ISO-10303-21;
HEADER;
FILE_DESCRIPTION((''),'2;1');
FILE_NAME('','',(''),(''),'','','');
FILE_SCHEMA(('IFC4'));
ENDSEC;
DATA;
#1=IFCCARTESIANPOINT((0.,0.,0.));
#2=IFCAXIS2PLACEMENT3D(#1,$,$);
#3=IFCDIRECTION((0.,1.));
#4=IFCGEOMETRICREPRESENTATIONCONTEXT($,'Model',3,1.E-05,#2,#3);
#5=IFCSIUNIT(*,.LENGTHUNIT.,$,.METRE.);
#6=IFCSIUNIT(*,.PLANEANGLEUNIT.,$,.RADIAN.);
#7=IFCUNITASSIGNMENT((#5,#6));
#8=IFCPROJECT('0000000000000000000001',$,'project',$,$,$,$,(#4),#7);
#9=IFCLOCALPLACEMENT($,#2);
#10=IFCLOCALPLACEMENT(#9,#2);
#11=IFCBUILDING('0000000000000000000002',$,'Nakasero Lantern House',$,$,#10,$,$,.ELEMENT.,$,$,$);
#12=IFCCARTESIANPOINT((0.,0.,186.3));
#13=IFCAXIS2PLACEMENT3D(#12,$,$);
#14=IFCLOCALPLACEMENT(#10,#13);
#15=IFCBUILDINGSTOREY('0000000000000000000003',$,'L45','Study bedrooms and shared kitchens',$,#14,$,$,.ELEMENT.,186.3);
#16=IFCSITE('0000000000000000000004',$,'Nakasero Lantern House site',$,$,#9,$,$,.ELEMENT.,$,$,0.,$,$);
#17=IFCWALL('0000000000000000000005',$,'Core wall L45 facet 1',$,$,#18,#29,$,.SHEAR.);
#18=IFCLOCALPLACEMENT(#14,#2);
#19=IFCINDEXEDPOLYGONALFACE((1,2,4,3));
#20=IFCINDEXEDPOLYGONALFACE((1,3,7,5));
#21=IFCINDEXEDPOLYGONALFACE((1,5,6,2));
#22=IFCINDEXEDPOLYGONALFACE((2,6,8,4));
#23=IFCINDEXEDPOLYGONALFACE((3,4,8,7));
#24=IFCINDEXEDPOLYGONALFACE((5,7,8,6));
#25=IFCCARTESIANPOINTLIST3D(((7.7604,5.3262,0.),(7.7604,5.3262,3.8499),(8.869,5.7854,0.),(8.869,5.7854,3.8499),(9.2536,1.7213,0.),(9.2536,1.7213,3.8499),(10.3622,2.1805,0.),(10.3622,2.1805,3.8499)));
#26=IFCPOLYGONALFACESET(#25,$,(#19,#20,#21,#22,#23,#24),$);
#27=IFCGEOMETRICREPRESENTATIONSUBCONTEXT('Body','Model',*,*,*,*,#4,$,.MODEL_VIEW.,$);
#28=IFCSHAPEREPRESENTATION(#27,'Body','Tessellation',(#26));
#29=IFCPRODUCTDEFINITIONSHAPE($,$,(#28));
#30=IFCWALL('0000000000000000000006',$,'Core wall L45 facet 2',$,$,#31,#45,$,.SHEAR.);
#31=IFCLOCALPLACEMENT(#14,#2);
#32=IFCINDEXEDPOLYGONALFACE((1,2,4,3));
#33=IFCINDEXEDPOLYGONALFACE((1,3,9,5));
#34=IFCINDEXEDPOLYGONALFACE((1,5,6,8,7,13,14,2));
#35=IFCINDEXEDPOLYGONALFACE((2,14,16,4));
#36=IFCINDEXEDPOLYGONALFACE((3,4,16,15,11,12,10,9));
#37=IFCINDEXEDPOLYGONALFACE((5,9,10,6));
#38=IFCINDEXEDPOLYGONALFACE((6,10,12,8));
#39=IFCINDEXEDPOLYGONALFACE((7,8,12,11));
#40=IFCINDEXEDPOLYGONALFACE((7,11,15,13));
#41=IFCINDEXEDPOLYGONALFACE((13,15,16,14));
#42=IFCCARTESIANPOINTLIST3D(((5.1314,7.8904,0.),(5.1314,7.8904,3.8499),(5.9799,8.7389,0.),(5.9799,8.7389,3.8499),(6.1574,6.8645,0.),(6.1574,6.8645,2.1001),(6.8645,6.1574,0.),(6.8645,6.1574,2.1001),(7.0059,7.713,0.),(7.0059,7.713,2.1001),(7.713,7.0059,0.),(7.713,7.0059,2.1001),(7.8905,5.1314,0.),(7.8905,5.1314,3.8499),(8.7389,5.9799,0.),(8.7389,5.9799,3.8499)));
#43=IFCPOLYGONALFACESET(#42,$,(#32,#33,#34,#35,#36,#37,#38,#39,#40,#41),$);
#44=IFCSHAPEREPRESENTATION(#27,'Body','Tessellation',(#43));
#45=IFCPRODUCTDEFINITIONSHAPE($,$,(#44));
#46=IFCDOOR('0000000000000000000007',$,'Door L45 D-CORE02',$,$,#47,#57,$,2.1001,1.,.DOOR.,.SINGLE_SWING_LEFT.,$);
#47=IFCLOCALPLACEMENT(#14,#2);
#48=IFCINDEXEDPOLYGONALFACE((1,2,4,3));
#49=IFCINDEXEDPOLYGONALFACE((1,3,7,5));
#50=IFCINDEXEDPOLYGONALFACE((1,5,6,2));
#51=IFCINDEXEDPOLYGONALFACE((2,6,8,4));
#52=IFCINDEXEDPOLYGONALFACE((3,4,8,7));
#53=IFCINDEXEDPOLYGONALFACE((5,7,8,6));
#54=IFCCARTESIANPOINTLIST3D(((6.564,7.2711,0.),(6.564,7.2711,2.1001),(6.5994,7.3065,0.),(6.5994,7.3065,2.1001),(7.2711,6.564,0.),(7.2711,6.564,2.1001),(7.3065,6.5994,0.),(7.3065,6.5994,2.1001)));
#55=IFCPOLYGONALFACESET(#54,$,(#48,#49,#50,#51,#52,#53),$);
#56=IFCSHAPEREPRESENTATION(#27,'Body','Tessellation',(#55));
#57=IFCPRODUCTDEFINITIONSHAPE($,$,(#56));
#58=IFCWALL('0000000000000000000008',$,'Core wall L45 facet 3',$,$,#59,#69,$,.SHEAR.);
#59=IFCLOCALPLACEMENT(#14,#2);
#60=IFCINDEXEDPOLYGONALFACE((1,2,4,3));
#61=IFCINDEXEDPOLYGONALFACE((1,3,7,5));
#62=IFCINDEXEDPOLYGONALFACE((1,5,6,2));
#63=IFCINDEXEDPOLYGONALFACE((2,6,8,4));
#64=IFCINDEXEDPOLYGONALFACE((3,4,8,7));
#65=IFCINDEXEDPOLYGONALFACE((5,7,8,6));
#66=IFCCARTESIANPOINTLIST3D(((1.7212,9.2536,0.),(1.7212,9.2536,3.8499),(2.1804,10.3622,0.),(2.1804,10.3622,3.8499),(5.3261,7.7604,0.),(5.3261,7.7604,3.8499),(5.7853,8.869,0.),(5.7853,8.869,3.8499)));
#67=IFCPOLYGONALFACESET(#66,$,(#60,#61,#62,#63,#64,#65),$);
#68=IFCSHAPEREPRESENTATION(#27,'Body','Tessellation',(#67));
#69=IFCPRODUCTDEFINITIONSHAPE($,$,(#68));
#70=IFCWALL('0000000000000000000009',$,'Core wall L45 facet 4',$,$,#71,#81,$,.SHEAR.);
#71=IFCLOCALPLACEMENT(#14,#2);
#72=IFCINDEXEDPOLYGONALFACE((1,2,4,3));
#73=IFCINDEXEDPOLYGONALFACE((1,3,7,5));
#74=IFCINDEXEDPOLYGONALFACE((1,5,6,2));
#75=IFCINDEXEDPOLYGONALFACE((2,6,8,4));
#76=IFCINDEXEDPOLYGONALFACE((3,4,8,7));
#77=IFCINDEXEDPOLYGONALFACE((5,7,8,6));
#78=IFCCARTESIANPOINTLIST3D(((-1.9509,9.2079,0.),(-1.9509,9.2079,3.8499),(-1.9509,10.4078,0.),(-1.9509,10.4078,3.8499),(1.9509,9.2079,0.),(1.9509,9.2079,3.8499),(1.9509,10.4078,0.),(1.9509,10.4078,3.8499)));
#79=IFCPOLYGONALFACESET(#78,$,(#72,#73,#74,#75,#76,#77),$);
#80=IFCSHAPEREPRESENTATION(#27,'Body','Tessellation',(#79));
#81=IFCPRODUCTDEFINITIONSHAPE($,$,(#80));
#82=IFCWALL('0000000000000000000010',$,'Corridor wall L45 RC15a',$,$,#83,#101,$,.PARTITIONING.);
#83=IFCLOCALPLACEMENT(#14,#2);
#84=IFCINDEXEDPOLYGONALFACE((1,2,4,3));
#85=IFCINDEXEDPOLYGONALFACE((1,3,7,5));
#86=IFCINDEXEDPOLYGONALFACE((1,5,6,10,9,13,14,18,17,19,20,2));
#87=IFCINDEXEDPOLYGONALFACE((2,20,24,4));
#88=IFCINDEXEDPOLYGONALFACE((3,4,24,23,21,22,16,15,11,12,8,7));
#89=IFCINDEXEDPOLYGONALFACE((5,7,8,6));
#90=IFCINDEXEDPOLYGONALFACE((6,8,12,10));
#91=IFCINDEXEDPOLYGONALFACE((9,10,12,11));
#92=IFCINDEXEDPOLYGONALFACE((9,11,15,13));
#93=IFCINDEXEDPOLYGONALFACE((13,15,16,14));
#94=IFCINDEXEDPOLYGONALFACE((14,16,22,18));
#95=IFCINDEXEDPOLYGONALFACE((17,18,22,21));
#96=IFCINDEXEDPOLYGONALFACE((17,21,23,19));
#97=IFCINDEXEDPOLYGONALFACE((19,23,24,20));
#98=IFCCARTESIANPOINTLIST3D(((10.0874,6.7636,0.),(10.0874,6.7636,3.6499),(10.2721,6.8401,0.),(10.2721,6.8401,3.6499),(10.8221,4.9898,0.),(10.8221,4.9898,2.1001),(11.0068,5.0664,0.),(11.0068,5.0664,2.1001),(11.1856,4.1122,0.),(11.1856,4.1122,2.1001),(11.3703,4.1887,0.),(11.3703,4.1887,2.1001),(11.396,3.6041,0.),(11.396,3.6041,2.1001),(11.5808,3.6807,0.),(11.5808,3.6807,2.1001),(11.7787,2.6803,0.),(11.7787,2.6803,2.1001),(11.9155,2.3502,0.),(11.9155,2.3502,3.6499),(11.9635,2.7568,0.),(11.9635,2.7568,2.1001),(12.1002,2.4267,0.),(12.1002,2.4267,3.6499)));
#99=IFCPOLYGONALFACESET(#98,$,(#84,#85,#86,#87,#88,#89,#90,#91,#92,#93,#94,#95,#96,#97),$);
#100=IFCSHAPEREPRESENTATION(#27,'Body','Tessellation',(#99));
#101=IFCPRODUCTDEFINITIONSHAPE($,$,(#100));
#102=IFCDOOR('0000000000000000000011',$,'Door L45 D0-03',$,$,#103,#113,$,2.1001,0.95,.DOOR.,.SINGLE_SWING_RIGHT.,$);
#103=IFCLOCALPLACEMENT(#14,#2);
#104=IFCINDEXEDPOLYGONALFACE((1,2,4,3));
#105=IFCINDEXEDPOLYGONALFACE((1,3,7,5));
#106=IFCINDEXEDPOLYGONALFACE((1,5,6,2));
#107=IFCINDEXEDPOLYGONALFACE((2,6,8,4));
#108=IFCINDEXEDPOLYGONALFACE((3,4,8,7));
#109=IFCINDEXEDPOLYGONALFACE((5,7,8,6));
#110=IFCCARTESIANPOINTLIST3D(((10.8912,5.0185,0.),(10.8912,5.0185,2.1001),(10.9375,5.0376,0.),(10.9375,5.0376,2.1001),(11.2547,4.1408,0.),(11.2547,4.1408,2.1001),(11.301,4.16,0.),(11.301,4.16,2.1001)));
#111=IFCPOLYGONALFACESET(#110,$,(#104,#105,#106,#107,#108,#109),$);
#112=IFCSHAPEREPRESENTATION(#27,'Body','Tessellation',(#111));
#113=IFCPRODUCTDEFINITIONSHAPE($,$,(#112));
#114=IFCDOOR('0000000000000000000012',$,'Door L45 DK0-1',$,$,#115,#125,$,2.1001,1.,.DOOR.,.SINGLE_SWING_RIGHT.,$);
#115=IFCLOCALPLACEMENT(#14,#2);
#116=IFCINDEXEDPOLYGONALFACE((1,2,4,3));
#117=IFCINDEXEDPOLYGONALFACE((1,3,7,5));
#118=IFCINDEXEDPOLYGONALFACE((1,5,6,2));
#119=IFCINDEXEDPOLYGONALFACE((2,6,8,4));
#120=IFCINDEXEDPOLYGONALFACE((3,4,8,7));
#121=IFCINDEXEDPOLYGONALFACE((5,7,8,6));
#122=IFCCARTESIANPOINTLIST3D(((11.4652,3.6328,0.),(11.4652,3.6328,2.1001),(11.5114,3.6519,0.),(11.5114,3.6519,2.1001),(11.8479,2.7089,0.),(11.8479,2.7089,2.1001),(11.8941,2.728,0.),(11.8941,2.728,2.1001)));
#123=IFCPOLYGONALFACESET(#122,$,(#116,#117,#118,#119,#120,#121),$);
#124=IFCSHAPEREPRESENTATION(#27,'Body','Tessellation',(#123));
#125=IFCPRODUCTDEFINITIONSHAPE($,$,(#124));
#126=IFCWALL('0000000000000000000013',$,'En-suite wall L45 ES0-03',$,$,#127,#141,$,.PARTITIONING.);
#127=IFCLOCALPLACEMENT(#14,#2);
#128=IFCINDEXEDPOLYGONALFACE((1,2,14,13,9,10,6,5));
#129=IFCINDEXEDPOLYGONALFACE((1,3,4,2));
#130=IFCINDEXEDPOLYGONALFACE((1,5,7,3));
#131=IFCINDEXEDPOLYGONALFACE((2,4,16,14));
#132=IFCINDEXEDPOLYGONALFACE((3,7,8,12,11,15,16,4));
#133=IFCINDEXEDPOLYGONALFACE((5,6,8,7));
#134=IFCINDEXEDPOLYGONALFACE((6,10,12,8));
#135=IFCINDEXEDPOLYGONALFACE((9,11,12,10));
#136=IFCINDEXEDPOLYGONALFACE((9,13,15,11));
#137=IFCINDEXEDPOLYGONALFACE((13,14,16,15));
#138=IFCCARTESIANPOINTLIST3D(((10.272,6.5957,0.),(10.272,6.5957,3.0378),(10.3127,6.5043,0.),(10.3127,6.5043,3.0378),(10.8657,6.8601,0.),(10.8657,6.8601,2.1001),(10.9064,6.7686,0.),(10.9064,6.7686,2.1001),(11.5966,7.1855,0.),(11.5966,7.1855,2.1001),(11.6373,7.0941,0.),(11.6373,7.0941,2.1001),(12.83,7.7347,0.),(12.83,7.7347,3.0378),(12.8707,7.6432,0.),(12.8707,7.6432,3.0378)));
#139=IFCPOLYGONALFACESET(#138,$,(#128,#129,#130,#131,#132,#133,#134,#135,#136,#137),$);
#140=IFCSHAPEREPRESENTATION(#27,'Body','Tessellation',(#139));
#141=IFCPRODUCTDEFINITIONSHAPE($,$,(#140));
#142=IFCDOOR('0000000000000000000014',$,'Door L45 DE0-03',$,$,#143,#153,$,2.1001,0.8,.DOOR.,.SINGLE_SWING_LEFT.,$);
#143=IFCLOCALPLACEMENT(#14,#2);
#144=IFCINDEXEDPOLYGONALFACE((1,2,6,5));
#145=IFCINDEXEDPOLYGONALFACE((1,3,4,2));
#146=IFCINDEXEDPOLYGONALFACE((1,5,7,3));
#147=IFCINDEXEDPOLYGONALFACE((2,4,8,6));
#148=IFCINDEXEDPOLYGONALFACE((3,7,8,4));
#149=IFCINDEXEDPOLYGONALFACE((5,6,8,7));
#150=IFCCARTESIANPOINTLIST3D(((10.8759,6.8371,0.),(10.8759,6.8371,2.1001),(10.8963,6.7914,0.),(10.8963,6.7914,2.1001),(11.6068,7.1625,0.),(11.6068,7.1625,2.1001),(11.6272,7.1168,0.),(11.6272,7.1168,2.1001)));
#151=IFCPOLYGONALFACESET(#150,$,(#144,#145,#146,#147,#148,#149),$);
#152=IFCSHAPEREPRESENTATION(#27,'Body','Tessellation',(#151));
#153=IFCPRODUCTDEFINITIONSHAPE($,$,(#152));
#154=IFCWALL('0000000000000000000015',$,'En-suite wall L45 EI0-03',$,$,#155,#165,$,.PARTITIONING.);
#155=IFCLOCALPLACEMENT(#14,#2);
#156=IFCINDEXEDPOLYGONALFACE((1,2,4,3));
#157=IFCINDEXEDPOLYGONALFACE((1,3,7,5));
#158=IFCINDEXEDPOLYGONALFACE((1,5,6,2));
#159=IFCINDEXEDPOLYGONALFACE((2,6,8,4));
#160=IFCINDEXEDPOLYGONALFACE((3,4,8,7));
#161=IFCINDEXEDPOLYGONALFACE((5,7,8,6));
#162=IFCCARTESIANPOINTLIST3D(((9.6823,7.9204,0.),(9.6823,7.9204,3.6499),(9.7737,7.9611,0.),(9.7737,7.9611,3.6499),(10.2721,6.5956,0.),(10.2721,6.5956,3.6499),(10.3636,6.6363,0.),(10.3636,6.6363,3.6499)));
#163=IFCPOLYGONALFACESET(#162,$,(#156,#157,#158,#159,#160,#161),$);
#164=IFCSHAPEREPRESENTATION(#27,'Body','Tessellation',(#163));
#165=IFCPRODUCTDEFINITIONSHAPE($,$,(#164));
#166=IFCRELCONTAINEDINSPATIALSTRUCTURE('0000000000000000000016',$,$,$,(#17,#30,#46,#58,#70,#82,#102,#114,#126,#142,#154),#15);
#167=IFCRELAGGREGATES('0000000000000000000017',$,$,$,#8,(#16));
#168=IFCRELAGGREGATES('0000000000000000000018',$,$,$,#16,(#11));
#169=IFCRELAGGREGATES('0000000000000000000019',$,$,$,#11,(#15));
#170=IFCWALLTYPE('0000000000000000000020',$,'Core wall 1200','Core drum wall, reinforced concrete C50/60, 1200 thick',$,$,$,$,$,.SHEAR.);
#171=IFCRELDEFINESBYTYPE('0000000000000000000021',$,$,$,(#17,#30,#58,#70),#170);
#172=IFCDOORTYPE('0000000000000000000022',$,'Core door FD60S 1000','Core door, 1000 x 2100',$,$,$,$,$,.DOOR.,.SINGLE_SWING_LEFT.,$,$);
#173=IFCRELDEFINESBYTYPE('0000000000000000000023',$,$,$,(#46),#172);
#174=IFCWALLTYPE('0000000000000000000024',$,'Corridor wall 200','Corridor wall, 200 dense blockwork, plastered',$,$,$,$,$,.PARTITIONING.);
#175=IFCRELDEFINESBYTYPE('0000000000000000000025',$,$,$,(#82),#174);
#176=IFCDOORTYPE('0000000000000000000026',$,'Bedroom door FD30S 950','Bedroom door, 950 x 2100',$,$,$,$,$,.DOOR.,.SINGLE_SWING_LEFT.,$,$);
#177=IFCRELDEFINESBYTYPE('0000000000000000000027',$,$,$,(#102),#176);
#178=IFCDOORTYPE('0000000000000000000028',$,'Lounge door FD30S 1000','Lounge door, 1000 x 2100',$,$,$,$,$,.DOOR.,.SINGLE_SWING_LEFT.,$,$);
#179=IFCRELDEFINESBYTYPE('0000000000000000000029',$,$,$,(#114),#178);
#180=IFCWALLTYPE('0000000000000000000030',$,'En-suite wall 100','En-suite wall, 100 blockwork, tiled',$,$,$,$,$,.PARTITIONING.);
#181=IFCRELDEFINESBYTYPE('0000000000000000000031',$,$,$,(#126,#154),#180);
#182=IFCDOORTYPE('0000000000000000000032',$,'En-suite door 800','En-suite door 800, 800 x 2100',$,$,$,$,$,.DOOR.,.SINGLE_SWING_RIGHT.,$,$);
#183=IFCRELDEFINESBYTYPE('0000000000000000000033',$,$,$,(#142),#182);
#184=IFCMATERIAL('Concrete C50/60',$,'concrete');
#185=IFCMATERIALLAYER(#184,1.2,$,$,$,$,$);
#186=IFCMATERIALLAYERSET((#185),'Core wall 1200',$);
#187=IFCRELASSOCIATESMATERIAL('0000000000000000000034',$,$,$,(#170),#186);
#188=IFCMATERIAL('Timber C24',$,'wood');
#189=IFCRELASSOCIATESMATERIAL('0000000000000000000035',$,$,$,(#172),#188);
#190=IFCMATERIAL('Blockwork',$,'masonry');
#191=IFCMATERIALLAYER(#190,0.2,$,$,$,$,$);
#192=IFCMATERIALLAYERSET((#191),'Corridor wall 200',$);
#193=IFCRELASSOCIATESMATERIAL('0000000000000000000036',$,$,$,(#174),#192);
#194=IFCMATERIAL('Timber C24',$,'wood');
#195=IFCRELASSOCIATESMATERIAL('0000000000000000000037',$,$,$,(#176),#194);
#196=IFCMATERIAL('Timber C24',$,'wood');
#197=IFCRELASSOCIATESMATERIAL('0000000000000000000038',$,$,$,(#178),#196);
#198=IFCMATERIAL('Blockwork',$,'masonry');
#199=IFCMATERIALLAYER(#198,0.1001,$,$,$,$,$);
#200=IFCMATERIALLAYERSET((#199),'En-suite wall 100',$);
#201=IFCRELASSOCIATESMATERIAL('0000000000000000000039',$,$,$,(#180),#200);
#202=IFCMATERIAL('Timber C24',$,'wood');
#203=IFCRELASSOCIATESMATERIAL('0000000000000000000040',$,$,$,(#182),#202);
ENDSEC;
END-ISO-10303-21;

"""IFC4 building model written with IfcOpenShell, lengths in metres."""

from ifc_helpers import new_model, si_unit, direction, frame, frame_2d, origin, place, context, subcontext, project, spatial, rectangle, extrude, material, layer, layer_set, type_object, element, fill, save


model = new_model("IFC4")

# Units and contexts
model_context = context("Model", 3, precision=1e-05, world=origin(), true_north=direction((0.0, 1.0)))
body_context = subcontext(model_context, "Body", "Model", "MODEL_VIEW")
ifc_project = project(units=[si_unit("LENGTHUNIT", "METRE"), si_unit("PLANEANGLEUNIT", "RADIAN")], contexts=[model_context])

# Site, building, storey
site_placement = place(None, origin())
site = spatial("IfcSite", under=ifc_project, at=site_placement, Name="Nakasero Lantern House site", CompositionType="ELEMENT", RefElevation=0.0)
building_placement = place(site_placement, origin())
building = spatial("IfcBuilding", under=site, at=building_placement, Name="Nakasero Lantern House", CompositionType="ELEMENT")
storey_placement = place(building_placement, frame((0.0, 0.0, 186.3)))
storey = spatial("IfcBuildingStorey", under=building, at=storey_placement, Name="L45", Description="Study bedrooms and shared kitchens", CompositionType="ELEMENT", Elevation=186.3)

# Wall
ifc_material_1 = material(Name="Concrete C50/60", Category="concrete")
ifc_layer_1 = layer(ifc_material_1, 1.2)
ifc_layer_set_1 = layer_set([ifc_layer_1], Name="Core wall 1200")
wall_type_1 = type_object("IfcWallType", Name="Core wall 1200", Description="Core drum wall, reinforced concrete C50/60, 1200 thick", PredefinedType="SHEAR", material=ifc_layer_set_1)
wall_1_placement = place(storey_placement, frame((9.8079, 1.9509, 0.0), z_axis=(0.0, 0.0, 1.0), x_axis=(-0.382691, 0.923877, 0.0)))
element("IfcWall", 1, at=wall_1_placement, inside=storey, type_object=wall_type_1, Name="Core wall L45 facet 1", PredefinedType="SHEAR", context=body_context, shape_type="SweptSolid", body=[
    extrude(rectangle(XDim=3.9019, YDim=1.2, at=frame_2d((1.9509, 0.0))), origin(), (0.0, 0.0, 1.0), 3.8499),
])

# Wall, opening, door
wall_2_placement = place(storey_placement, frame((8.3147, 5.5557, 0.0), z_axis=(0.0, 0.0, 1.0), x_axis=(-0.707107, 0.707107, 0.0)))
wall_2 = element("IfcWall", 2, at=wall_2_placement, inside=storey, type_object=wall_type_1, Name="Core wall L45 facet 2", PredefinedType="SHEAR", context=body_context, shape_type="SweptSolid", body=[
    extrude(rectangle(XDim=3.9019, YDim=1.2, at=frame_2d((1.9509, 0.0))), origin(), (0.0, 0.0, 1.0), 3.8499),
])
opening_1_placement = place(wall_2_placement, frame((1.4509, 0.0, 0.0)))
opening_1 = element("IfcOpeningElement", 3, at=opening_1_placement, cuts=wall_2, PredefinedType="OPENING", context=body_context, shape_type="SweptSolid", body=[
    extrude(rectangle(XDim=1.0, YDim=2.1001, at=frame_2d((0.5, 1.05))), frame((0.0, 0.6199, 0.0), z_axis=(0.0, -1.0, 0.0), x_axis=(1.0, 0.0, 0.0)), (0.0, 0.0, 1.0), 1.24),
])
ifc_material_2 = material(Name="Timber C24", Category="wood")
door_type_1 = type_object("IfcDoorType", Name="Core door FD60S 1000", Description="Core door, 1000 x 2100", OperationType="SINGLE_SWING_LEFT", PredefinedType="DOOR", material=ifc_material_2)
door_1_placement = place(opening_1_placement, origin())
door_1 = element("IfcDoor", 4, at=door_1_placement, inside=storey, type_object=door_type_1, Name="Door L45 D-CORE02", OperationType="SINGLE_SWING_LEFT", OverallHeight=2.1001, OverallWidth=1.0, PredefinedType="DOOR", context=body_context, shape_type="SweptSolid", body=[
    extrude(rectangle(XDim=1.0, YDim=2.1001, at=frame_2d((0.5, 1.05))), frame((0.0, 0.0249, 0.0), z_axis=(0.0, -1.0, 0.0), x_axis=(1.0, 0.0, 0.0)), (0.0, 0.0, 1.0), 0.05),
])
fill(opening_1, door_1)

# Walls
for number, where, z_axis, x_axis, name in (
    (5, (5.5557, 8.3147, 0.0), (0.0, 0.0, 1.0), (-0.923877, 0.382691, 0.0), "Core wall L45 facet 3"),
    (6, (1.9509, 9.8079, 0.0), (0.0, 0.0, 1.0), (-1.0, 0.0, 0.0), "Core wall L45 facet 4"),
):
    element("IfcWall", number, at=place(storey_placement, frame(where, z_axis=z_axis, x_axis=x_axis)), inside=storey, type_object=wall_type_1, Name=name, PredefinedType="SHEAR", context=body_context, shape_type="SweptSolid", body=[
        extrude(rectangle(XDim=3.9019, YDim=1.2, at=frame_2d((1.9509, 0.0))), origin(), (0.0, 0.0, 1.0), 3.8499),
    ])

# Wall, openings, doors
ifc_material_3 = material(Name="Blockwork", Category="masonry")
ifc_layer_2 = layer(ifc_material_3, 0.2)
ifc_layer_set_2 = layer_set([ifc_layer_2], Name="Corridor wall 200")
wall_type_2 = type_object("IfcWallType", Name="Corridor wall 200", Description="Corridor wall, 200 dense blockwork, plastered", PredefinedType="PARTITIONING", material=ifc_layer_set_2)
wall_3_placement = place(storey_placement, frame((10.1797, 6.802, 0.0), z_axis=(0.0, 0.0, 1.0), x_axis=(0.382677, -0.923882, 0.0)))
wall_3 = element("IfcWall", 7, at=wall_3_placement, inside=storey, type_object=wall_type_2, Name="Corridor wall L45 RC15a", PredefinedType="PARTITIONING", context=body_context, shape_type="SweptSolid", body=[
    extrude(rectangle(XDim=4.7771, YDim=0.2, at=frame_2d((2.3887, 0.0))), origin(), (0.0, 0.0, 1.0), 3.6499),
])
opening_2_placement = place(wall_3_placement, frame((1.9199, 0.0, 0.0)))
opening_2 = element("IfcOpeningElement", 8, at=opening_2_placement, cuts=wall_3, PredefinedType="OPENING", context=body_context, shape_type="SweptSolid", body=[
    extrude(rectangle(XDim=0.95, YDim=2.1001, at=frame_2d((0.4751, 1.05))), frame((0.0, 0.1199, 0.0), z_axis=(0.0, -1.0, 0.0), x_axis=(1.0, 0.0, 0.0)), (0.0, 0.0, 1.0), 0.24),
])
opening_3_placement = place(wall_3_placement, frame((3.4199, 0.0, 0.0)))
opening_3 = element("IfcOpeningElement", 9, at=opening_3_placement, cuts=wall_3, PredefinedType="OPENING", context=body_context, shape_type="SweptSolid", body=[
    extrude(rectangle(XDim=1.0, YDim=2.1001, at=frame_2d((0.5, 1.05))), frame((0.0, 0.1199, 0.0), z_axis=(0.0, -1.0, 0.0), x_axis=(1.0, 0.0, 0.0)), (0.0, 0.0, 1.0), 0.24),
])
ifc_material_4 = material(Name="Timber C24", Category="wood")
door_type_2 = type_object("IfcDoorType", Name="Bedroom door FD30S 950", Description="Bedroom door, 950 x 2100", OperationType="SINGLE_SWING_LEFT", PredefinedType="DOOR", material=ifc_material_4)
door_2_placement = place(opening_2_placement, origin())
door_2 = element("IfcDoor", 10, at=door_2_placement, inside=storey, type_object=door_type_2, Name="Door L45 D0-03", OperationType="SINGLE_SWING_RIGHT", OverallHeight=2.1001, OverallWidth=0.95, PredefinedType="DOOR", context=body_context, shape_type="SweptSolid", body=[
    extrude(rectangle(XDim=0.95, YDim=2.1001, at=frame_2d((0.4751, 1.05))), frame((0.0, 0.0249, 0.0), z_axis=(0.0, -1.0, 0.0), x_axis=(1.0, 0.0, 0.0)), (0.0, 0.0, 1.0), 0.05),
])
fill(opening_2, door_2)
ifc_material_5 = material(Name="Timber C24", Category="wood")
door_type_3 = type_object("IfcDoorType", Name="Lounge door FD30S 1000", Description="Lounge door, 1000 x 2100", OperationType="SINGLE_SWING_LEFT", PredefinedType="DOOR", material=ifc_material_5)
door_3_placement = place(opening_3_placement, origin())
door_3 = element("IfcDoor", 11, at=door_3_placement, inside=storey, type_object=door_type_3, Name="Door L45 DK0-1", OperationType="SINGLE_SWING_RIGHT", OverallHeight=2.1001, OverallWidth=1.0, PredefinedType="DOOR", context=body_context, shape_type="SweptSolid", body=[
    extrude(rectangle(XDim=1.0, YDim=2.1001, at=frame_2d((0.5, 1.05))), frame((0.0, 0.0249, 0.0), z_axis=(0.0, -1.0, 0.0), x_axis=(1.0, 0.0, 0.0)), (0.0, 0.0, 1.0), 0.05),
])
fill(opening_3, door_3)

# Wall, opening, door
ifc_material_6 = material(Name="Blockwork", Category="masonry")
ifc_layer_3 = layer(ifc_material_6, 0.1001)
ifc_layer_set_3 = layer_set([ifc_layer_3], Name="En-suite wall 100")
wall_type_3 = type_object("IfcWallType", Name="En-suite wall 100", Description="En-suite wall, 100 blockwork, tiled", PredefinedType="PARTITIONING", material=ifc_layer_set_3)
wall_4_placement = place(storey_placement, frame((10.2925, 6.55, 0.0), z_axis=(0.0, 0.0, 1.0), x_axis=(0.913534, 0.406761, 0.0)))
wall_4 = element("IfcWall", 12, at=wall_4_placement, inside=storey, type_object=wall_type_3, Name="En-suite wall L45 ES0-03", PredefinedType="PARTITIONING", context=body_context, shape_type="SweptSolid", body=[
    extrude(rectangle(XDim=2.8, YDim=0.1001, at=frame_2d((1.3999, 0.0))), origin(), (0.0, 0.0, 1.0), 3.0378),
])
opening_4_placement = place(wall_4_placement, frame((0.6499, 0.0, 0.0)))
opening_4 = element("IfcOpeningElement", 13, at=opening_4_placement, cuts=wall_4, PredefinedType="OPENING", context=body_context, shape_type="SweptSolid", body=[
    extrude(rectangle(XDim=0.8, YDim=2.1001, at=frame_2d((0.3999, 1.05))), frame((0.0, 0.0701, 0.0), z_axis=(0.0, -1.0, 0.0), x_axis=(1.0, 0.0, 0.0)), (0.0, 0.0, 1.0), 0.1401),
])
ifc_material_7 = material(Name="Timber C24", Category="wood")
door_type_4 = type_object("IfcDoorType", Name="En-suite door 800", Description="En-suite door 800, 800 x 2100", OperationType="SINGLE_SWING_RIGHT", PredefinedType="DOOR", material=ifc_material_7)
door_4_placement = place(opening_4_placement, origin())
door_4 = element("IfcDoor", 14, at=door_4_placement, inside=storey, type_object=door_type_4, Name="Door L45 DE0-03", OperationType="SINGLE_SWING_LEFT", OverallHeight=2.1001, OverallWidth=0.8, PredefinedType="DOOR", context=body_context, shape_type="SweptSolid", body=[
    extrude(rectangle(XDim=0.8, YDim=2.1001, at=frame_2d((0.3999, 1.05))), frame((0.0, 0.0249, 0.0), z_axis=(0.0, -1.0, 0.0), x_axis=(1.0, 0.0, 0.0)), (0.0, 0.0, 1.0), 0.05),
])
fill(opening_4, door_4)

# Wall
wall_5_placement = place(storey_placement, frame((10.3179, 6.616, 0.0), z_axis=(0.0, 0.0, 1.0), x_axis=(-0.406763, 0.913534, 0.0)))
element("IfcWall", 15, at=wall_5_placement, inside=storey, type_object=wall_type_3, Name="En-suite wall L45 EI0-03", PredefinedType="PARTITIONING", context=body_context, shape_type="SweptSolid", body=[
    extrude(rectangle(XDim=1.4502, YDim=0.1001, at=frame_2d((0.7251, 0.0))), origin(), (0.0, 0.0, 1.0), 3.6499),
])

save(model, "model.ifc")
